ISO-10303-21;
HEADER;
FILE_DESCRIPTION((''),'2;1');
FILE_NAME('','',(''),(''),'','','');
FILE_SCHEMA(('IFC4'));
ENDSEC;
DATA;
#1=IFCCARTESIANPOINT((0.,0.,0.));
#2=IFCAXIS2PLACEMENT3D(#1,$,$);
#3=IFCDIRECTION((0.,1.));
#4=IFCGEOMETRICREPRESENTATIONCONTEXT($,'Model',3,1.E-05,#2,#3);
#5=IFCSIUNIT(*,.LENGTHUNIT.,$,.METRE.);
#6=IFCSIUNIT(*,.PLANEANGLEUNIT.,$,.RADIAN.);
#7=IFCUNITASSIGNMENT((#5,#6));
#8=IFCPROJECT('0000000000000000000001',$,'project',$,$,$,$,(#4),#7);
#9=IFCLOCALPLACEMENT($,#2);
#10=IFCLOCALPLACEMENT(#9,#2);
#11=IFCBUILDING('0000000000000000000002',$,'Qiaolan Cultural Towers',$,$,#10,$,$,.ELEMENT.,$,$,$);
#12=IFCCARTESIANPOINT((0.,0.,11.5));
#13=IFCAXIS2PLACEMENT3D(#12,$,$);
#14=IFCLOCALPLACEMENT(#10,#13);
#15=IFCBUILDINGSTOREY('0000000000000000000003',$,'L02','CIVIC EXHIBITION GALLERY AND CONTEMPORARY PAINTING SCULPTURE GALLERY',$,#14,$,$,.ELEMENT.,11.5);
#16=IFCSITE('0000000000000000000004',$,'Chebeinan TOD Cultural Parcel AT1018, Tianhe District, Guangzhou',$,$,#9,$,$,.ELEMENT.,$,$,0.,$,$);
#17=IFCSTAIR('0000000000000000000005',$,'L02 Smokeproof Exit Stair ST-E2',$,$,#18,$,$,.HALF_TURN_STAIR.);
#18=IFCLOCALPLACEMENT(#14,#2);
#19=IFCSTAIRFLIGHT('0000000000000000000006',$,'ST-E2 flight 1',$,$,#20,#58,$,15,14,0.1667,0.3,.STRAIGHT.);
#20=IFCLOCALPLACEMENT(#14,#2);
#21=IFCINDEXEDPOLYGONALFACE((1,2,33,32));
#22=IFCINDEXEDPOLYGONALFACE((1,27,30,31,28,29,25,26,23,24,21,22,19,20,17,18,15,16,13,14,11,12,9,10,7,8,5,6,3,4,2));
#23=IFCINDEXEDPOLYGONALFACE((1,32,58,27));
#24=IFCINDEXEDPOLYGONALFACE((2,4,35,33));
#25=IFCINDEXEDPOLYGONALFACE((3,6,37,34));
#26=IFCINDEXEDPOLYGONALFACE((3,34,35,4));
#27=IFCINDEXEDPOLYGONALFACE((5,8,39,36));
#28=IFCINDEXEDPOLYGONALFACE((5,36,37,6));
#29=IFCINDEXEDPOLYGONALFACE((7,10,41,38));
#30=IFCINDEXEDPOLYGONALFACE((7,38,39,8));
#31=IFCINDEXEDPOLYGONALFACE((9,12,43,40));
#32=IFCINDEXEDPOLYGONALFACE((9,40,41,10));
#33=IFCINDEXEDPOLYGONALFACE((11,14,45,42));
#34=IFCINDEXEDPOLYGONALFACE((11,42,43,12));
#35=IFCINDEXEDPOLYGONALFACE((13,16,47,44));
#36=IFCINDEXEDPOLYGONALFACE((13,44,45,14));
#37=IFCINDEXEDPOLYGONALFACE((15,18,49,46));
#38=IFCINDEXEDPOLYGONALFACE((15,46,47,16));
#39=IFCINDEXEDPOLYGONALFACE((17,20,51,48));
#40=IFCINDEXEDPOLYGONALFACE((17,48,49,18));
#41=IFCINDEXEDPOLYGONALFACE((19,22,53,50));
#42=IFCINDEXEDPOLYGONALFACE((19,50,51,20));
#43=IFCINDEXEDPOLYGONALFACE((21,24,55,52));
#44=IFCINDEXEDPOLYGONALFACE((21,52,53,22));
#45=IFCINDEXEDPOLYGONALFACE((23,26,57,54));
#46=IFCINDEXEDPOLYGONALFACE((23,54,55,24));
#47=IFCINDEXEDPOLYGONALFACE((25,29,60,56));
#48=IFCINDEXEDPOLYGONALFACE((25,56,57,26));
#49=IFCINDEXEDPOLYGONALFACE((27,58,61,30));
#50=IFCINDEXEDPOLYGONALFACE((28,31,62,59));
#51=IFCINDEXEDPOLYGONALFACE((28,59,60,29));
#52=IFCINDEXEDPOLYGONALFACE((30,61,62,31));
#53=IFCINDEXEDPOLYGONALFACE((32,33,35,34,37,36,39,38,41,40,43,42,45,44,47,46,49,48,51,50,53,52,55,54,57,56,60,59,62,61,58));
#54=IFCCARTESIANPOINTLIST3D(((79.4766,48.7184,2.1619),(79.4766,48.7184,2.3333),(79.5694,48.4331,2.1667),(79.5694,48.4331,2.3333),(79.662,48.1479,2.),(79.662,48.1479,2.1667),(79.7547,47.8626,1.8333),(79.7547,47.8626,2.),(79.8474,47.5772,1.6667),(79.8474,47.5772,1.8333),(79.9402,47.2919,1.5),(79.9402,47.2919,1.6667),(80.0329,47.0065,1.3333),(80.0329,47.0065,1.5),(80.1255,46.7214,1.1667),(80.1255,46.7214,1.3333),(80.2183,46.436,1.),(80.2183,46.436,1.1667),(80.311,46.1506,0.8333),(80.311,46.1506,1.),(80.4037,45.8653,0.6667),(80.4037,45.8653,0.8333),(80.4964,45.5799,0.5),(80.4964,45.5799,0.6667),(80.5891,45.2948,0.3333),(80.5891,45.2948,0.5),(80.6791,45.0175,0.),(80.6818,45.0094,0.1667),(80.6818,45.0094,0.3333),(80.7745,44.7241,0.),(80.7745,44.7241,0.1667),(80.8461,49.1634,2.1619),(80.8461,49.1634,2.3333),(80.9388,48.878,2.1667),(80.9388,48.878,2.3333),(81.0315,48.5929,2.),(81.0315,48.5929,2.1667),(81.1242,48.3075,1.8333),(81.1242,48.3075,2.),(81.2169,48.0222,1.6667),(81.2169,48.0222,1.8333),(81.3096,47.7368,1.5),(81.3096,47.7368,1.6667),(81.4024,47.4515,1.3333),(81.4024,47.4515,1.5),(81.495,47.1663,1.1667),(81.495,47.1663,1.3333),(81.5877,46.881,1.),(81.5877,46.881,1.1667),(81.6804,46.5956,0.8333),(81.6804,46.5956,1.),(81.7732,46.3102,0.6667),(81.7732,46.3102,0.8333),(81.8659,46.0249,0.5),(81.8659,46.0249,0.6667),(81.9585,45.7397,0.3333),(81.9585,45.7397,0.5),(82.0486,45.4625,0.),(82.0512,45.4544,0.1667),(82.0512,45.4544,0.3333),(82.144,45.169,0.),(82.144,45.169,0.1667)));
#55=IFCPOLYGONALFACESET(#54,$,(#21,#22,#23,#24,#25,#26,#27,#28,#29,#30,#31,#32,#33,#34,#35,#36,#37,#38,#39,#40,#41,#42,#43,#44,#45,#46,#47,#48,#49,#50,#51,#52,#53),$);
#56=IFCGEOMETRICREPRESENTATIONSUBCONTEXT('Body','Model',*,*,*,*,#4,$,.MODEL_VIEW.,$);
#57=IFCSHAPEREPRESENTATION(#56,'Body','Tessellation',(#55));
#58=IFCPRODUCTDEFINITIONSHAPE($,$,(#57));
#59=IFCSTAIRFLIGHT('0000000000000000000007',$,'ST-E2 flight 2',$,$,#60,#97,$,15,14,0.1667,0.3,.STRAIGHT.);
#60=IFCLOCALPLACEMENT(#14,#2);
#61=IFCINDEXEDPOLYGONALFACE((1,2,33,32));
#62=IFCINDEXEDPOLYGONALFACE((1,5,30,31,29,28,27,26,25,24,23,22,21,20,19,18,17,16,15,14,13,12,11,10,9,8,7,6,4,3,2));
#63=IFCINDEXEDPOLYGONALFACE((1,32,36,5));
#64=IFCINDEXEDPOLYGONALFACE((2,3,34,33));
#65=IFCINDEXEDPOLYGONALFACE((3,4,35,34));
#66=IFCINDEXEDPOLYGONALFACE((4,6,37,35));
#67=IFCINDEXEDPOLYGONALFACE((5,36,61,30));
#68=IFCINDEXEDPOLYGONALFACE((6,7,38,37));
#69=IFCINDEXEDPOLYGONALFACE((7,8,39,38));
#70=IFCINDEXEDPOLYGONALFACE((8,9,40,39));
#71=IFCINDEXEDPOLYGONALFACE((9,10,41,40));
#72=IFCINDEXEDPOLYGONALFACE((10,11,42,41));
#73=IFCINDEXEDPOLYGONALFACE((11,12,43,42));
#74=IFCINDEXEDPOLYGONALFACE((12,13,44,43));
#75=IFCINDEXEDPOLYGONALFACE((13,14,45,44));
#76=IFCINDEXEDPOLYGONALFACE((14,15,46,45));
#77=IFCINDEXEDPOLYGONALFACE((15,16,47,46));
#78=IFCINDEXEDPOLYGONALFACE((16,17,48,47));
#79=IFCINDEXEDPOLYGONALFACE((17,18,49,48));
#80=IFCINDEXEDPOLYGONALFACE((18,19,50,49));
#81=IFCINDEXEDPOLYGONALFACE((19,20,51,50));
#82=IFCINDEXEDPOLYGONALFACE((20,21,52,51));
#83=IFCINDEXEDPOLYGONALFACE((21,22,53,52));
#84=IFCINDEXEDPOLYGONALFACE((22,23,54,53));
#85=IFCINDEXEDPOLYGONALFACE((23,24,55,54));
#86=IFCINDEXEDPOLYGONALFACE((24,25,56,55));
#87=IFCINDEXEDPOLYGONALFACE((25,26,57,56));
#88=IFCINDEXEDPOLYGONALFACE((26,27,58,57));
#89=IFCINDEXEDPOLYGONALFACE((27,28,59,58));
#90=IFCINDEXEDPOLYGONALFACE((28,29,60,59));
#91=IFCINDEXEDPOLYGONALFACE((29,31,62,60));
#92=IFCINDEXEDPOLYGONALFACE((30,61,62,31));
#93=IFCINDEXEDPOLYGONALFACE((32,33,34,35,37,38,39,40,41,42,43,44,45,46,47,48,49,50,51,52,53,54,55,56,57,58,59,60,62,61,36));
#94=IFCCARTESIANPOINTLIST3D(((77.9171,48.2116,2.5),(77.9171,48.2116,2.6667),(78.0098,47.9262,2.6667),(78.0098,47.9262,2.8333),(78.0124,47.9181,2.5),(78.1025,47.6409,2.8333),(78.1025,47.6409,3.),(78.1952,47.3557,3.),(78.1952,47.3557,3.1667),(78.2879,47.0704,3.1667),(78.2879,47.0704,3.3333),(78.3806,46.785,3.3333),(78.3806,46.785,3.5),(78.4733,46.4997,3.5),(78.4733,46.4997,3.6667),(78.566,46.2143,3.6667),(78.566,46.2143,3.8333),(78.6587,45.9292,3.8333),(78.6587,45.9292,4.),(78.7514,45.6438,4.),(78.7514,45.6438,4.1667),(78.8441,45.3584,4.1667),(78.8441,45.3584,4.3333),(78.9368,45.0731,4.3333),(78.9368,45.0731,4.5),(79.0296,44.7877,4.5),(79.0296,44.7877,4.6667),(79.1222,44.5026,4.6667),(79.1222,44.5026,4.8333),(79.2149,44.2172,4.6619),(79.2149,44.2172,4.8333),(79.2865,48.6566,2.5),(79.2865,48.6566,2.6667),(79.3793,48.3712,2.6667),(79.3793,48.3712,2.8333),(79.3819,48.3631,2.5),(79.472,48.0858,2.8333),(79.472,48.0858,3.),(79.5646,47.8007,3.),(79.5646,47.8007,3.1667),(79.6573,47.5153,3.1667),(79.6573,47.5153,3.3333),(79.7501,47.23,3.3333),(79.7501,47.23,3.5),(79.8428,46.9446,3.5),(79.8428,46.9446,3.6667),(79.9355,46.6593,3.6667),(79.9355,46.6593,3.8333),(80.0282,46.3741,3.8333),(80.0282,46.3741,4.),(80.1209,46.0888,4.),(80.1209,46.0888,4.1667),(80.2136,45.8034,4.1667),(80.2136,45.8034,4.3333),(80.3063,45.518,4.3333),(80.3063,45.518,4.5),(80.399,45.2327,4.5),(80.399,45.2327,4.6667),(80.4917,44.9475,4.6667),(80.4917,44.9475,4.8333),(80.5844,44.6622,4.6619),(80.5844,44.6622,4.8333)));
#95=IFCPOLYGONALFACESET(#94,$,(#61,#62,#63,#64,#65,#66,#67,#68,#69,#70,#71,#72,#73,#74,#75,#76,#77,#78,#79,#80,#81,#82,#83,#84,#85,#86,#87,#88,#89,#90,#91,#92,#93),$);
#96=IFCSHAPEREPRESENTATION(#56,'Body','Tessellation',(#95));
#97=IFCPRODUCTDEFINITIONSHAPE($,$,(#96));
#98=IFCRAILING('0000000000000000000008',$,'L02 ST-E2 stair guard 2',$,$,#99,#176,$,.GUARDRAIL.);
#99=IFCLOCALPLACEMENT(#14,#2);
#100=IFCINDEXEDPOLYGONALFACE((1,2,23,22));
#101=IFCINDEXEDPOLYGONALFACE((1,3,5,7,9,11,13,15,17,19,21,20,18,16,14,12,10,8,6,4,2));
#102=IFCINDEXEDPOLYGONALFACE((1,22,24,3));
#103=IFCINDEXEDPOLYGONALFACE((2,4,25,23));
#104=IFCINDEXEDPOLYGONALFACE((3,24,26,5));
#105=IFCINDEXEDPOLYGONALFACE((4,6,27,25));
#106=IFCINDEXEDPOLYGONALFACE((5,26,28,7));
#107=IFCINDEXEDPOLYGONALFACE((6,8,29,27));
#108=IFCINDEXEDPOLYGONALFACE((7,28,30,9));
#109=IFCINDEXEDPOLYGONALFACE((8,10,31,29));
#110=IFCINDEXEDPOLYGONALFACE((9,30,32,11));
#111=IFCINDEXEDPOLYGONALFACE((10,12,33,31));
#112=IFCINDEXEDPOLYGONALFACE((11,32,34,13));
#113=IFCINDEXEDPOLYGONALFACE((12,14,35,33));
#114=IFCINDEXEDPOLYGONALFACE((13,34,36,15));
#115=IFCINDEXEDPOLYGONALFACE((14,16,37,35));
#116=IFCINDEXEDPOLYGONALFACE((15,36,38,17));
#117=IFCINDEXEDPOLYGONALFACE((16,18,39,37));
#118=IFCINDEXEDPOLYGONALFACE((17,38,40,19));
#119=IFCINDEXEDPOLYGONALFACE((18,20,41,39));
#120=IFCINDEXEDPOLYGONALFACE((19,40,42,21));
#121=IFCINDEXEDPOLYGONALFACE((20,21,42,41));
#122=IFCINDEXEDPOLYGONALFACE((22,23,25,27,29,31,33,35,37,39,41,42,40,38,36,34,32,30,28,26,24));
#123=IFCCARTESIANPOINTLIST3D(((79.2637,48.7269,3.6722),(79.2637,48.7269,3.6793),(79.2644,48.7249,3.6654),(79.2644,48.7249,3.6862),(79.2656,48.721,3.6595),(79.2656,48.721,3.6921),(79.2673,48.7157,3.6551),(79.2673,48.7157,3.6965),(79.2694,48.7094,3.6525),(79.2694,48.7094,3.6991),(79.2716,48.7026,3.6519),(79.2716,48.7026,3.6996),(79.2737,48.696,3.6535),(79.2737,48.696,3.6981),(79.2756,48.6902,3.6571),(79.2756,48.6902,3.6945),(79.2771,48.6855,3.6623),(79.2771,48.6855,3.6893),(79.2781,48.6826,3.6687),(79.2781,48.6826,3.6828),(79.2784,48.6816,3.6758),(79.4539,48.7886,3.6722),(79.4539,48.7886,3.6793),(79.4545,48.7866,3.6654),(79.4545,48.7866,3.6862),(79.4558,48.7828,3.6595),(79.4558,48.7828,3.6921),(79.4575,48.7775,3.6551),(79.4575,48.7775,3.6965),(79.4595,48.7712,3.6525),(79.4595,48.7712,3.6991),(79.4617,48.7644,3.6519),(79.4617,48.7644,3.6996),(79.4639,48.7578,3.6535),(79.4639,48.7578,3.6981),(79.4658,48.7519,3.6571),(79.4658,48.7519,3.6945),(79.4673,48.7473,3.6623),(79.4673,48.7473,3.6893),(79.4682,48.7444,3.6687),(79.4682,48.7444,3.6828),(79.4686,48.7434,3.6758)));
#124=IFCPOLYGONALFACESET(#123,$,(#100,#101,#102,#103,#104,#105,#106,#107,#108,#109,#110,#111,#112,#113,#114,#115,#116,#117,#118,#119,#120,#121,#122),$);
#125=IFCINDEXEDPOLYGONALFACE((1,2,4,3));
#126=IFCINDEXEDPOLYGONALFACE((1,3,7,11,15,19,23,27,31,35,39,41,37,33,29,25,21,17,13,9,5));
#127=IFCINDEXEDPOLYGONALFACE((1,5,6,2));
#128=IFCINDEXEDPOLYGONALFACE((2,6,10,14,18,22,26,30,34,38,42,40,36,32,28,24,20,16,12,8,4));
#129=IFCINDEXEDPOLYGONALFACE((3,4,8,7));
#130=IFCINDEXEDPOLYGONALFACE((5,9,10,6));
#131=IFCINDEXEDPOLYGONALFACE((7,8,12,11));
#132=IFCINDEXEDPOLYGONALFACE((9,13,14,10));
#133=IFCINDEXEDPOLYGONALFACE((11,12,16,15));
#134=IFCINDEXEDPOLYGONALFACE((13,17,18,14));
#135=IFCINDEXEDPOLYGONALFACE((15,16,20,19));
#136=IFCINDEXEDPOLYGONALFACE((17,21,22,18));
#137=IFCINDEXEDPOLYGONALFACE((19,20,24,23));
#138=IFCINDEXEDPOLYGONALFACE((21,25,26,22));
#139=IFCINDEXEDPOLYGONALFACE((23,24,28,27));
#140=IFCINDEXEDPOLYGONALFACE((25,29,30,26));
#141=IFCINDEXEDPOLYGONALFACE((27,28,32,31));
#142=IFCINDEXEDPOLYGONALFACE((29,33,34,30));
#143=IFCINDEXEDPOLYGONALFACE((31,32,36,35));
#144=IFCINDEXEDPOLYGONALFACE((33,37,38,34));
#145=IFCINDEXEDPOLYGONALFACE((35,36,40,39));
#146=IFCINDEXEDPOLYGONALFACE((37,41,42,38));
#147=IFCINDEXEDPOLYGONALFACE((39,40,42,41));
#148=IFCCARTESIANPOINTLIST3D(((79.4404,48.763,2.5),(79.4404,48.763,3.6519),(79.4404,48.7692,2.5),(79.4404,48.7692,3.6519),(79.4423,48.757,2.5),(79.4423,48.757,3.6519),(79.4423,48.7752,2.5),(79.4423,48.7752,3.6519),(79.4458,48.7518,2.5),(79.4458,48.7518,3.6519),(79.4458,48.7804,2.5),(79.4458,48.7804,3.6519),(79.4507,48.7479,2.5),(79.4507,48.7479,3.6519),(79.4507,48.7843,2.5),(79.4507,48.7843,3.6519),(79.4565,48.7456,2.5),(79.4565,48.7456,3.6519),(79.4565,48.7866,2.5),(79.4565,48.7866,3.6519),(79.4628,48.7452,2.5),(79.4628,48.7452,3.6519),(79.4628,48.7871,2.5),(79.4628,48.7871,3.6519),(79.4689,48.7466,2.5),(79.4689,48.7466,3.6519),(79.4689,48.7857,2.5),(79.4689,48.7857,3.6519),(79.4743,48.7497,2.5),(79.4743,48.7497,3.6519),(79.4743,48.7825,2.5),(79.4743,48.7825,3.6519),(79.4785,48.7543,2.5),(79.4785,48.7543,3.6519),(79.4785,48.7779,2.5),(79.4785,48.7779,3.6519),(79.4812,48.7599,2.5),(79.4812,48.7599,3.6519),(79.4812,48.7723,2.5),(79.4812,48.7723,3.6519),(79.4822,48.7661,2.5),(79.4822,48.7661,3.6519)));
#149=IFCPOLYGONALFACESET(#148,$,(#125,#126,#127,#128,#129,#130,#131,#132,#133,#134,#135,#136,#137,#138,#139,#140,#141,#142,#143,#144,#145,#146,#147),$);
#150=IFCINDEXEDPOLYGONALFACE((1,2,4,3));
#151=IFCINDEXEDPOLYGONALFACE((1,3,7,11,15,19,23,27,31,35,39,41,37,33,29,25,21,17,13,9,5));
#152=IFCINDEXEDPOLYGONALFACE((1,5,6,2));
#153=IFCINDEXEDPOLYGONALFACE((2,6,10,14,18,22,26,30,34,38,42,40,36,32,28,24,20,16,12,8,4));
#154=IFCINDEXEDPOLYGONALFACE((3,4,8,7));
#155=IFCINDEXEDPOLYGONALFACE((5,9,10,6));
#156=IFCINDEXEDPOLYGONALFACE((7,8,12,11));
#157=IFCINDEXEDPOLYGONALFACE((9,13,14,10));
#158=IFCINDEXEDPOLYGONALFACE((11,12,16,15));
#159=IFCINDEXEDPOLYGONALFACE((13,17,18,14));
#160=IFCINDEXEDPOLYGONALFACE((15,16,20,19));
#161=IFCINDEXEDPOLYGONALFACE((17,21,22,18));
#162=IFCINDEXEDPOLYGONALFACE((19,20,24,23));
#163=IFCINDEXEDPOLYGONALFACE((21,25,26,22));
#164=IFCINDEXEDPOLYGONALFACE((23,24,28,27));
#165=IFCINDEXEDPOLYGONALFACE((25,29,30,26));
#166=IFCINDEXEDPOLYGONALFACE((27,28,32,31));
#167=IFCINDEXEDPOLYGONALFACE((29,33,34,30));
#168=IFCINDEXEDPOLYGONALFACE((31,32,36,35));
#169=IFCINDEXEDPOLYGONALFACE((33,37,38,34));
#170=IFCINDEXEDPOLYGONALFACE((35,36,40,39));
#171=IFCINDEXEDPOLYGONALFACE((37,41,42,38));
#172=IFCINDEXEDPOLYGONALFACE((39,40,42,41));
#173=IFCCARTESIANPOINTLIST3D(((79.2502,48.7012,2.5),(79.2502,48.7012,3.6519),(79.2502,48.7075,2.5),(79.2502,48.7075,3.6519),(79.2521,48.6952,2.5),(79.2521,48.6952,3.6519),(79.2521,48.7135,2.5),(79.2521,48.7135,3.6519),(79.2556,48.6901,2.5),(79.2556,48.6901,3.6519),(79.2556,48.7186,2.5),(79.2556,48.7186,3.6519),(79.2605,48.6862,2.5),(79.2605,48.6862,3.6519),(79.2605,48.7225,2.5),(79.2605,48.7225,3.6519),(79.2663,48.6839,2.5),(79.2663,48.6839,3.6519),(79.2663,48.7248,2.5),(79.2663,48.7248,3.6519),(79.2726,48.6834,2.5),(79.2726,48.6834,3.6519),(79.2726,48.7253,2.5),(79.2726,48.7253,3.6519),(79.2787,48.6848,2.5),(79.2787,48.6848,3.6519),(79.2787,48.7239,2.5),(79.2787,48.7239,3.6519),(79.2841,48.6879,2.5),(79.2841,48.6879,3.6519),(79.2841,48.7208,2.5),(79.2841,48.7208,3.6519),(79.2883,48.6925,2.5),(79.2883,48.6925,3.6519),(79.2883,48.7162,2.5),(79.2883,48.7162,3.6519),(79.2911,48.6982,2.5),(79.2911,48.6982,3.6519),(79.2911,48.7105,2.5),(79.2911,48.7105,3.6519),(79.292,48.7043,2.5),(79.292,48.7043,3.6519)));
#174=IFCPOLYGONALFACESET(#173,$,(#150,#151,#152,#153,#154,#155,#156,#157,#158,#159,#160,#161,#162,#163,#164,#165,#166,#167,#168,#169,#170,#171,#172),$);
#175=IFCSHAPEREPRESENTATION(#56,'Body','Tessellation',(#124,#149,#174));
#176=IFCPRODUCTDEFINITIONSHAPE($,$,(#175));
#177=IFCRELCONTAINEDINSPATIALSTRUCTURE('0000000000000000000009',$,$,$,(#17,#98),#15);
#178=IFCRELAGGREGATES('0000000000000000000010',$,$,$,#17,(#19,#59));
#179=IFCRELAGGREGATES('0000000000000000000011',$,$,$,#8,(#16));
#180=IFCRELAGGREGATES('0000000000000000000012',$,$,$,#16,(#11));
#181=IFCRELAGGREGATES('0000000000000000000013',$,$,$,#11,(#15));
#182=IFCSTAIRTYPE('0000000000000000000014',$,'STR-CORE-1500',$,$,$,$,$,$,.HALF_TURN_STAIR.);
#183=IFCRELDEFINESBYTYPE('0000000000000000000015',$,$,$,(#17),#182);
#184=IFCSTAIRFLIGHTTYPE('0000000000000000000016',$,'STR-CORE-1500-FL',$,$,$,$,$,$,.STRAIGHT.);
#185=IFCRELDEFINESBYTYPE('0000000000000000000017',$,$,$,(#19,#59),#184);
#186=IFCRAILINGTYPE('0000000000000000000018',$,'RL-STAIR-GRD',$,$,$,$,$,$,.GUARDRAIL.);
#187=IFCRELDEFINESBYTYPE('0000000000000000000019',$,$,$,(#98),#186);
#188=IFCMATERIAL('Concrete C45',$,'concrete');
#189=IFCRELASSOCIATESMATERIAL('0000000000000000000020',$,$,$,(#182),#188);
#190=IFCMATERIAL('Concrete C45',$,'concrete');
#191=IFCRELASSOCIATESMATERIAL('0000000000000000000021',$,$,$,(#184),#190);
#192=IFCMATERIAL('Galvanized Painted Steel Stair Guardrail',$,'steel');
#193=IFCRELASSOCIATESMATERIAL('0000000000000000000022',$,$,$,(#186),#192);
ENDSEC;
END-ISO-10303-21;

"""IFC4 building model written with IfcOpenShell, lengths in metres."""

from ifc_helpers import new_model, si_unit, direction, frame, origin, origin_2d, place, context, subcontext, project, spatial, polyline, circle, outline, extrude, material, type_object, element, aggregate, save


model = new_model("IFC4")

# Units and contexts
model_context = context("Model", 3, precision=1e-05, world=origin(), true_north=direction((0.0, 1.0)))
body_context = subcontext(model_context, "Body", "Model", "MODEL_VIEW")
ifc_project = project(units=[si_unit("LENGTHUNIT", "METRE"), si_unit("PLANEANGLEUNIT", "RADIAN")], contexts=[model_context])

# Site, building, storey
site_placement = place(None, origin())
site = spatial("IfcSite", under=ifc_project, at=site_placement, Name="Chebeinan TOD Cultural Parcel AT1018, Tianhe District, Guangzhou", CompositionType="ELEMENT", RefElevation=0.0)
building_placement = place(site_placement, origin())
building = spatial("IfcBuilding", under=site, at=building_placement, Name="Qiaolan Cultural Towers", CompositionType="ELEMENT")
storey_placement = place(building_placement, frame((0.0, 0.0, 11.5)))
storey = spatial("IfcBuildingStorey", under=building, at=storey_placement, Name="L02", Description="CIVIC EXHIBITION GALLERY AND CONTEMPORARY PAINTING SCULPTURE GALLERY", CompositionType="ELEMENT", Elevation=11.5)

# Stair, stair flights
ifc_material_1 = material(Name="Concrete C45", Category="concrete")
stair_type = type_object("IfcStairType", Name="STR-CORE-1500", PredefinedType="HALF_TURN_STAIR", material=ifc_material_1)
stair_placement = place(storey_placement, origin())
stair = element("IfcStair", 1, at=stair_placement, inside=storey, type_object=stair_type, Name="L02 Smokeproof Exit Stair ST-E2", PredefinedType="HALF_TURN_STAIR")
ifc_material_2 = material(Name="Concrete C45", Category="concrete")
stair_flight_type = type_object("IfcStairFlightType", Name="STR-CORE-1500-FL", PredefinedType="STRAIGHT", material=ifc_material_2)
stair_flight_1_placement = place(storey_placement, frame((81.4592, 44.9465, 0.0), z_axis=(0.0, 0.0, 1.0), x_axis=(-0.309017, 0.951057, 0.0)))
stair_flight_1 = element("IfcStairFlight", 2, at=stair_flight_1_placement, type_object=stair_flight_type, Name="ST-E2 flight 1", NumberOfRisers=15, NumberOfTreads=14, PredefinedType="STRAIGHT", RiserHeight=0.1667, TreadLength=0.3, context=body_context, shape_type="SweptSolid", body=[
    extrude(outline(polyline([(0.0, 0.0), (0.0, 0.1667), (0.3, 0.1667), (0.3, 0.3333), (0.6001, 0.3333), (0.6001, 0.5), (0.8999, 0.5), (0.8999, 0.6667), (1.2, 0.6667), (1.2, 0.8333), (1.5, 0.8333), (1.5, 1.0), (1.8, 1.0), (1.8, 1.1667), (2.1001, 1.1667), (2.1001, 1.3333), (2.3999, 1.3333), (2.3999, 1.5), (2.7, 1.5), (2.7, 1.6667), (3.0, 1.6667), (3.0, 1.8333), (3.3, 1.8333), (3.3, 2.0), (3.6001, 2.0), (3.6001, 2.1667), (3.8999, 2.1667), (3.8999, 2.3333), (4.2, 2.3333), (4.2, 2.5), (4.2, 2.1619), (0.3086, 0.0), (0.0, 0.0)])), frame((0.0, 0.72, 0.0), z_axis=(0.0, -1.0, 0.0), x_axis=(1.0, 0.0, 0.0)), (0.0, 0.0, 1.0), 1.4399),
])
stair_flight_2_placement = place(storey_placement, frame((78.6018, 48.4341, 2.5), z_axis=(0.0, 0.0, 1.0), x_axis=(0.309017, -0.951057, 0.0)))
stair_flight_2 = element("IfcStairFlight", 3, at=stair_flight_2_placement, type_object=stair_flight_type, Name="ST-E2 flight 2", NumberOfRisers=15, NumberOfTreads=14, PredefinedType="STRAIGHT", RiserHeight=0.1667, TreadLength=0.3, context=body_context, shape_type="SweptSolid", body=[
    extrude(outline(polyline([(0.0, 0.0), (0.0, 0.1667), (0.3, 0.1667), (0.3, 0.3333), (0.6001, 0.3333), (0.6001, 0.5), (0.8999, 0.5), (0.8999, 0.6667), (1.2, 0.6667), (1.2, 0.8333), (1.5, 0.8333), (1.5, 1.0), (1.8, 1.0), (1.8, 1.1667), (2.1001, 1.1667), (2.1001, 1.3333), (2.3999, 1.3333), (2.3999, 1.5), (2.7, 1.5), (2.7, 1.6667), (3.0, 1.6667), (3.0, 1.8333), (3.3, 1.8333), (3.3, 2.0), (3.6001, 2.0), (3.6001, 2.1667), (3.8999, 2.1667), (3.8999, 2.3333), (4.2, 2.3333), (4.2, 2.5), (4.2, 2.1619), (0.3086, 0.0), (0.0, 0.0)])), frame((0.0, 0.72, 0.0), z_axis=(0.0, -1.0, 0.0), x_axis=(1.0, 0.0, 0.0)), (0.0, 0.0, 1.0), 1.4399),
])
aggregate(stair, [stair_flight_1, stair_flight_2])

# Railing
ifc_material_3 = material(Name="Galvanized Painted Steel Stair Guardrail", Category="steel")
railing_type_1 = type_object("IfcRailingType", Name="RL-STAIR-GRD", PredefinedType="GUARDRAIL", material=ifc_material_3)
railing_1_placement = place(storey_placement, frame((79.4612, 48.7661, 2.5)))
element("IfcRailing", 4, at=railing_1_placement, inside=storey, type_object=railing_type_1, Name="L02 ST-E2 stair guard 2", PredefinedType="GUARDRAIL", context=body_context, shape_type="SweptSolid", body=[
    extrude(circle(Radius=0.0239, at=origin_2d()), frame((0.0, 0.0, 1.1758), z_axis=(-0.951097, -0.308893, 0.0), x_axis=(0.308893, -0.951097, 0.0)), (0.0, 0.0, 1.0), 0.2),
    extrude(circle(Radius=0.021, at=origin_2d()), origin(), (0.0, 0.0, 1.0), 1.1519),
    extrude(circle(Radius=0.021, at=origin_2d()), frame((-0.1902, -0.0618, 0.0)), (0.0, 0.0, 1.0), 1.1519),
])

save(model, "model.ifc")
